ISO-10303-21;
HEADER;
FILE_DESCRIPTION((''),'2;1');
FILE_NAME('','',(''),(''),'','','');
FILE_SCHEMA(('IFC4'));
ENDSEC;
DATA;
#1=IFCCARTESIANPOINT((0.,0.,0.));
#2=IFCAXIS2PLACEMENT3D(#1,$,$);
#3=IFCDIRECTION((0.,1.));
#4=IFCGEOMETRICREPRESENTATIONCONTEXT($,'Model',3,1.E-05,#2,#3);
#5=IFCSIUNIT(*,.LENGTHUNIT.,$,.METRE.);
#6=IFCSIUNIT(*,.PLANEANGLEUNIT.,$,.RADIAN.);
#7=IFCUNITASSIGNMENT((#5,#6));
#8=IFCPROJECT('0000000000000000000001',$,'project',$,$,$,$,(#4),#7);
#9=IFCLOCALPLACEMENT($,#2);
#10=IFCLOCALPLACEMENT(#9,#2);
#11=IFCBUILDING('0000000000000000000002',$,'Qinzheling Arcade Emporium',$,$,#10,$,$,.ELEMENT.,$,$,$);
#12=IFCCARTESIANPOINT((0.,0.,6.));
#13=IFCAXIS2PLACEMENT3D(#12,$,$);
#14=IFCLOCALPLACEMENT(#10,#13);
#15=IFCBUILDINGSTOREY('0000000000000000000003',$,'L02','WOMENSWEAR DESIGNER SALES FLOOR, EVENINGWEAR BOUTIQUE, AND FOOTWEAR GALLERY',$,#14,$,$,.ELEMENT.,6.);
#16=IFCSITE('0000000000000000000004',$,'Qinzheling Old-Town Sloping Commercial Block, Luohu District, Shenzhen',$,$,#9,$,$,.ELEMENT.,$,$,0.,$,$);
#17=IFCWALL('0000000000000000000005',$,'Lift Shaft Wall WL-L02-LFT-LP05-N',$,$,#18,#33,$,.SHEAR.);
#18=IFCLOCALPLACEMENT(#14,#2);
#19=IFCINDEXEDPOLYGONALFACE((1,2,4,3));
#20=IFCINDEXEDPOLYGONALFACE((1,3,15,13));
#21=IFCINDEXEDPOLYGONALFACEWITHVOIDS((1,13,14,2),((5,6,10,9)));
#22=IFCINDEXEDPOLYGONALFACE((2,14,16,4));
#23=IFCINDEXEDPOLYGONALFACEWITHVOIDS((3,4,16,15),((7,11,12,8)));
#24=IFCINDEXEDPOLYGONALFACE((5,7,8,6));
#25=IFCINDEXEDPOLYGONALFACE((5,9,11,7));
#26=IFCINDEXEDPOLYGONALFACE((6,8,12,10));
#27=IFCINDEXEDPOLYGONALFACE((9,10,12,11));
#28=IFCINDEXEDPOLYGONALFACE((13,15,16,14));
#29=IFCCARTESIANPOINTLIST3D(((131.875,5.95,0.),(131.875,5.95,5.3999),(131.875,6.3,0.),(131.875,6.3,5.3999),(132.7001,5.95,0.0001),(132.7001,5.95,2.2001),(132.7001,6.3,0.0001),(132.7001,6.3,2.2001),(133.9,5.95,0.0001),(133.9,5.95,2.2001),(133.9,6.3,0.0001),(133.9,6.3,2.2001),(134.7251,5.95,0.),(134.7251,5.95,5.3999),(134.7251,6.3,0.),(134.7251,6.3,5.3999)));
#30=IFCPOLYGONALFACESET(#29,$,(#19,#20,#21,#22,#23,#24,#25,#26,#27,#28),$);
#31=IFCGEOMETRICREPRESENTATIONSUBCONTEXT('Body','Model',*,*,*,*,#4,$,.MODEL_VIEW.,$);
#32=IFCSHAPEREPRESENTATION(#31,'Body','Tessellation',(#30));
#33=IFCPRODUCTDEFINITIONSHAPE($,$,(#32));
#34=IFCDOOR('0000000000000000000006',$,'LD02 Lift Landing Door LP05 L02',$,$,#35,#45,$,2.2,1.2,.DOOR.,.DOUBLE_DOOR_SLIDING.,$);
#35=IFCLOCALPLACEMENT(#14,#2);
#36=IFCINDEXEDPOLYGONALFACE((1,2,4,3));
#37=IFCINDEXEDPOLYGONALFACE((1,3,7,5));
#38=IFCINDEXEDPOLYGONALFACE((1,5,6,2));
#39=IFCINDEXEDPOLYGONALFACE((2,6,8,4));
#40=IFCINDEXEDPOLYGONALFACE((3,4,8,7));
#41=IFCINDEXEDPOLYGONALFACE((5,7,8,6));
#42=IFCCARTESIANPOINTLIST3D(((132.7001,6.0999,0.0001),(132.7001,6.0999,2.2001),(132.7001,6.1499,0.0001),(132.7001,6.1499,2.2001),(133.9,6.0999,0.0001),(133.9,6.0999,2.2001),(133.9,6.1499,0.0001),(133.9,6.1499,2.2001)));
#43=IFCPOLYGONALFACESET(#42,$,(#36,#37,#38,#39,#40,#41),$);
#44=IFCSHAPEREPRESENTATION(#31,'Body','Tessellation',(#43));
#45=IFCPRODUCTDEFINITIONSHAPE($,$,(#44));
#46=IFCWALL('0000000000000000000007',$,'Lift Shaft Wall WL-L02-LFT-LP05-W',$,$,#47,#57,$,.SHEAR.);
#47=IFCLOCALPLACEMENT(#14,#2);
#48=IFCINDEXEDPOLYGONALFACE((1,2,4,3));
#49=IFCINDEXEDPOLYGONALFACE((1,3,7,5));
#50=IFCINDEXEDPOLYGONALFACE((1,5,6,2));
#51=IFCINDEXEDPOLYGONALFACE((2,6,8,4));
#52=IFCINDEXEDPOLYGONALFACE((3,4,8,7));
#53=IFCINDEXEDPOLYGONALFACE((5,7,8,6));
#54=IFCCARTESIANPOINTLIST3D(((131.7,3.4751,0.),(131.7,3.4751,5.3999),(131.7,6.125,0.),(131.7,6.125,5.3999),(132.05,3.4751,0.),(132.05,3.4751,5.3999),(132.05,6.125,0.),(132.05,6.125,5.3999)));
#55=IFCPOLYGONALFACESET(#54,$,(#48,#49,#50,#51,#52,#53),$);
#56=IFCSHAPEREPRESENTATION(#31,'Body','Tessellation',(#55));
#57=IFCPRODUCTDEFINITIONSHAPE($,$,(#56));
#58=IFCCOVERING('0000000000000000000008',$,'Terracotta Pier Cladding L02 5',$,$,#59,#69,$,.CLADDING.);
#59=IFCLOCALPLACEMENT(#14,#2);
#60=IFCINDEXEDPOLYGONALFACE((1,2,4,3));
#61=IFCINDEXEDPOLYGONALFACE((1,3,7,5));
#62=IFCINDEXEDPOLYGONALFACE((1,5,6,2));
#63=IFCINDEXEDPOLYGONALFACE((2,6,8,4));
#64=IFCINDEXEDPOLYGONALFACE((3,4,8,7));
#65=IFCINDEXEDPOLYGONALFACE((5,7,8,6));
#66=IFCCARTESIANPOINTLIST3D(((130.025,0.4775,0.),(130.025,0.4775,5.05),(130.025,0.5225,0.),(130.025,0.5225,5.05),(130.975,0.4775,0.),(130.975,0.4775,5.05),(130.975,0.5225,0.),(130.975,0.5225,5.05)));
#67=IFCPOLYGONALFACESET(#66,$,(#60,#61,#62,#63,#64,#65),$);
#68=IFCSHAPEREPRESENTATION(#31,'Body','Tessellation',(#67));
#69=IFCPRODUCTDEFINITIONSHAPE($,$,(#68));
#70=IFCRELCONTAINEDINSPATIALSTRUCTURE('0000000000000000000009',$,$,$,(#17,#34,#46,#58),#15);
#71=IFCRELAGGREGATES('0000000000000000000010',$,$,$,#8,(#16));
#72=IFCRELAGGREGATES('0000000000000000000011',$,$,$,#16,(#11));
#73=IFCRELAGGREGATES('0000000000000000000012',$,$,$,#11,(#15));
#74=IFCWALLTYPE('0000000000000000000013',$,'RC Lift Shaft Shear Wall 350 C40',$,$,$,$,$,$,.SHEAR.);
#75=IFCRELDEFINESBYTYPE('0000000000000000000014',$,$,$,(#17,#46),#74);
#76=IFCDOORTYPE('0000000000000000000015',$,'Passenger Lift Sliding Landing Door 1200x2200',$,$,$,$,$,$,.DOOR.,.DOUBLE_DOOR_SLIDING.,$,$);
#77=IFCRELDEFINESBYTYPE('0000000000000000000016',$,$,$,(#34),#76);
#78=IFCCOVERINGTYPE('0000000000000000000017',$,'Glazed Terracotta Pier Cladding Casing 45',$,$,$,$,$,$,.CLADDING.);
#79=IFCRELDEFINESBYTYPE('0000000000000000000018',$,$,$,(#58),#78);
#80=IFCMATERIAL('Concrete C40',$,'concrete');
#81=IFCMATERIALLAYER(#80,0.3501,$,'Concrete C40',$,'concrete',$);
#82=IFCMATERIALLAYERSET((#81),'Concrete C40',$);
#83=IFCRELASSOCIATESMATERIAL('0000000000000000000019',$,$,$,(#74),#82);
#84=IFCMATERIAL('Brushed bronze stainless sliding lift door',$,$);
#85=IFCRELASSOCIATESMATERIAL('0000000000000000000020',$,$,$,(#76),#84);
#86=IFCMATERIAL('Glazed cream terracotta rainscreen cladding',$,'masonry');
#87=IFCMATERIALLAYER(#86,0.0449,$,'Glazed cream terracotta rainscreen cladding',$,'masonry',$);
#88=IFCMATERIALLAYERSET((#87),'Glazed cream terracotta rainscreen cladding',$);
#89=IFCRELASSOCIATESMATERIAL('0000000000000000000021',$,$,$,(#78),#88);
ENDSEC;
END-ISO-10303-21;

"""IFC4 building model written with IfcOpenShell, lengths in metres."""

from ifc_helpers import new_model, si_unit, direction, frame, frame_2d, origin, origin_2d, place, context, subcontext, project, spatial, rectangle, extrude, material, layer, layer_set, type_object, element, fill, save


model = new_model("IFC4")

# Units and contexts
model_context = context("Model", 3, precision=1e-05, world=origin(), true_north=direction((0.0, 1.0)))
body_context = subcontext(model_context, "Body", "Model", "MODEL_VIEW")
ifc_project = project(units=[si_unit("LENGTHUNIT", "METRE"), si_unit("PLANEANGLEUNIT", "RADIAN")], contexts=[model_context])

# Site, building, storey
site_placement = place(None, origin())
site = spatial("IfcSite", under=ifc_project, at=site_placement, Name="Qinzheling Old-Town Sloping Commercial Block, Luohu District, Shenzhen", CompositionType="ELEMENT", RefElevation=0.0)
building_placement = place(site_placement, origin())
building = spatial("IfcBuilding", under=site, at=building_placement, Name="Qinzheling Arcade Emporium", CompositionType="ELEMENT")
storey_placement = place(building_placement, frame((0.0, 0.0, 6.0)))
storey = spatial("IfcBuildingStorey", under=building, at=storey_placement, Name="L02", Description="WOMENSWEAR DESIGNER SALES FLOOR, EVENINGWEAR BOUTIQUE, AND FOOTWEAR GALLERY", CompositionType="ELEMENT", Elevation=6.0)

# Shared definitions
ifc_material_1 = material(Name="Concrete C40", Category="concrete")

# Wall, opening, door
ifc_layer_1 = layer(ifc_material_1, 0.3501, Name="Concrete C40", Category="concrete")
ifc_layer_set_1 = layer_set([ifc_layer_1], Name="Concrete C40")
wall_type_1 = type_object("IfcWallType", Name="RC Lift Shaft Shear Wall 350 C40", PredefinedType="SHEAR", material=ifc_layer_set_1)
wall_1_placement = place(storey_placement, frame((131.875, 6.125, 0.0), z_axis=(0.0, 0.0, 1.0), x_axis=(1.0, 0.0, 0.0)))
wall_1 = element("IfcWall", 1, at=wall_1_placement, inside=storey, type_object=wall_type_1, Name="Lift Shaft Wall WL-L02-LFT-LP05-N", PredefinedType="SHEAR", context=body_context, shape_type="SweptSolid", body=[
    extrude(rectangle(XDim=2.8501, YDim=0.3501, at=frame_2d((1.425, 0.0))), origin(), (0.0, 0.0, 1.0), 5.3999),
])
opening_1_placement = place(wall_1_placement, frame((0.825, 0.0, 0.0)))
opening_1 = element("IfcOpeningElement", 2, at=opening_1_placement, cuts=wall_1, PredefinedType="OPENING", context=body_context, shape_type="SweptSolid", body=[
    extrude(rectangle(XDim=1.2, YDim=2.2, at=frame_2d((0.6001, 1.1001))), frame((0.0, 0.1851, 0.0), z_axis=(0.0, -1.0, 0.0), x_axis=(1.0, 0.0, 0.0)), (0.0, 0.0, 1.0), 0.3701),
])
ifc_material_2 = material(Name="Brushed bronze stainless sliding lift door")
door_type = type_object("IfcDoorType", Name="Passenger Lift Sliding Landing Door 1200x2200", OperationType="DOUBLE_DOOR_SLIDING", PredefinedType="DOOR", material=ifc_material_2)
door_placement = place(opening_1_placement, origin())
door = element("IfcDoor", 3, at=door_placement, inside=storey, type_object=door_type, Name="LD02 Lift Landing Door LP05 L02", OperationType="DOUBLE_DOOR_SLIDING", OverallHeight=2.2, OverallWidth=1.2, PredefinedType="DOOR", context=body_context, shape_type="SweptSolid", body=[
    extrude(rectangle(XDim=1.2, YDim=2.2, at=frame_2d((0.6001, 1.1001))), frame((0.0, 0.0249, 0.0), z_axis=(0.0, -1.0, 0.0), x_axis=(1.0, 0.0, 0.0)), (0.0, 0.0, 1.0), 0.05),
])
fill(opening_1, door)

# Wall
wall_2_placement = place(storey_placement, frame((131.875, 3.4751, 0.0), z_axis=(0.0, 0.0, 1.0), x_axis=(0.0, 1.0, 0.0)))
element("IfcWall", 4, at=wall_2_placement, inside=storey, type_object=wall_type_1, Name="Lift Shaft Wall WL-L02-LFT-LP05-W", PredefinedType="SHEAR", context=body_context, shape_type="SweptSolid", body=[
    extrude(rectangle(XDim=2.6499, YDim=0.3501, at=frame_2d((1.325, 0.0))), origin(), (0.0, 0.0, 1.0), 5.3999),
])

# Covering
ifc_material_3 = material(Name="Glazed cream terracotta rainscreen cladding", Category="masonry")
ifc_layer_2 = layer(ifc_material_3, 0.0449, Name="Glazed cream terracotta rainscreen cladding", Category="masonry")
ifc_layer_set_2 = layer_set([ifc_layer_2], Name="Glazed cream terracotta rainscreen cladding")
covering_type = type_object("IfcCoveringType", Name="Glazed Terracotta Pier Cladding Casing 45", PredefinedType="CLADDING", material=ifc_layer_set_2)
covering_placement = place(storey_placement, frame((130.5, 0.5, 0.0), z_axis=(0.0, 0.0, 1.0), x_axis=(1.0, 0.0, 0.0)))
element("IfcCovering", 5, at=covering_placement, inside=storey, type_object=covering_type, Name="Terracotta Pier Cladding L02 5", PredefinedType="CLADDING", context=body_context, shape_type="SweptSolid", body=[
    extrude(rectangle(XDim=0.95, YDim=0.0449, at=origin_2d()), origin(), (0.0, 0.0, 1.0), 5.05),
])

save(model, "model.ifc")
